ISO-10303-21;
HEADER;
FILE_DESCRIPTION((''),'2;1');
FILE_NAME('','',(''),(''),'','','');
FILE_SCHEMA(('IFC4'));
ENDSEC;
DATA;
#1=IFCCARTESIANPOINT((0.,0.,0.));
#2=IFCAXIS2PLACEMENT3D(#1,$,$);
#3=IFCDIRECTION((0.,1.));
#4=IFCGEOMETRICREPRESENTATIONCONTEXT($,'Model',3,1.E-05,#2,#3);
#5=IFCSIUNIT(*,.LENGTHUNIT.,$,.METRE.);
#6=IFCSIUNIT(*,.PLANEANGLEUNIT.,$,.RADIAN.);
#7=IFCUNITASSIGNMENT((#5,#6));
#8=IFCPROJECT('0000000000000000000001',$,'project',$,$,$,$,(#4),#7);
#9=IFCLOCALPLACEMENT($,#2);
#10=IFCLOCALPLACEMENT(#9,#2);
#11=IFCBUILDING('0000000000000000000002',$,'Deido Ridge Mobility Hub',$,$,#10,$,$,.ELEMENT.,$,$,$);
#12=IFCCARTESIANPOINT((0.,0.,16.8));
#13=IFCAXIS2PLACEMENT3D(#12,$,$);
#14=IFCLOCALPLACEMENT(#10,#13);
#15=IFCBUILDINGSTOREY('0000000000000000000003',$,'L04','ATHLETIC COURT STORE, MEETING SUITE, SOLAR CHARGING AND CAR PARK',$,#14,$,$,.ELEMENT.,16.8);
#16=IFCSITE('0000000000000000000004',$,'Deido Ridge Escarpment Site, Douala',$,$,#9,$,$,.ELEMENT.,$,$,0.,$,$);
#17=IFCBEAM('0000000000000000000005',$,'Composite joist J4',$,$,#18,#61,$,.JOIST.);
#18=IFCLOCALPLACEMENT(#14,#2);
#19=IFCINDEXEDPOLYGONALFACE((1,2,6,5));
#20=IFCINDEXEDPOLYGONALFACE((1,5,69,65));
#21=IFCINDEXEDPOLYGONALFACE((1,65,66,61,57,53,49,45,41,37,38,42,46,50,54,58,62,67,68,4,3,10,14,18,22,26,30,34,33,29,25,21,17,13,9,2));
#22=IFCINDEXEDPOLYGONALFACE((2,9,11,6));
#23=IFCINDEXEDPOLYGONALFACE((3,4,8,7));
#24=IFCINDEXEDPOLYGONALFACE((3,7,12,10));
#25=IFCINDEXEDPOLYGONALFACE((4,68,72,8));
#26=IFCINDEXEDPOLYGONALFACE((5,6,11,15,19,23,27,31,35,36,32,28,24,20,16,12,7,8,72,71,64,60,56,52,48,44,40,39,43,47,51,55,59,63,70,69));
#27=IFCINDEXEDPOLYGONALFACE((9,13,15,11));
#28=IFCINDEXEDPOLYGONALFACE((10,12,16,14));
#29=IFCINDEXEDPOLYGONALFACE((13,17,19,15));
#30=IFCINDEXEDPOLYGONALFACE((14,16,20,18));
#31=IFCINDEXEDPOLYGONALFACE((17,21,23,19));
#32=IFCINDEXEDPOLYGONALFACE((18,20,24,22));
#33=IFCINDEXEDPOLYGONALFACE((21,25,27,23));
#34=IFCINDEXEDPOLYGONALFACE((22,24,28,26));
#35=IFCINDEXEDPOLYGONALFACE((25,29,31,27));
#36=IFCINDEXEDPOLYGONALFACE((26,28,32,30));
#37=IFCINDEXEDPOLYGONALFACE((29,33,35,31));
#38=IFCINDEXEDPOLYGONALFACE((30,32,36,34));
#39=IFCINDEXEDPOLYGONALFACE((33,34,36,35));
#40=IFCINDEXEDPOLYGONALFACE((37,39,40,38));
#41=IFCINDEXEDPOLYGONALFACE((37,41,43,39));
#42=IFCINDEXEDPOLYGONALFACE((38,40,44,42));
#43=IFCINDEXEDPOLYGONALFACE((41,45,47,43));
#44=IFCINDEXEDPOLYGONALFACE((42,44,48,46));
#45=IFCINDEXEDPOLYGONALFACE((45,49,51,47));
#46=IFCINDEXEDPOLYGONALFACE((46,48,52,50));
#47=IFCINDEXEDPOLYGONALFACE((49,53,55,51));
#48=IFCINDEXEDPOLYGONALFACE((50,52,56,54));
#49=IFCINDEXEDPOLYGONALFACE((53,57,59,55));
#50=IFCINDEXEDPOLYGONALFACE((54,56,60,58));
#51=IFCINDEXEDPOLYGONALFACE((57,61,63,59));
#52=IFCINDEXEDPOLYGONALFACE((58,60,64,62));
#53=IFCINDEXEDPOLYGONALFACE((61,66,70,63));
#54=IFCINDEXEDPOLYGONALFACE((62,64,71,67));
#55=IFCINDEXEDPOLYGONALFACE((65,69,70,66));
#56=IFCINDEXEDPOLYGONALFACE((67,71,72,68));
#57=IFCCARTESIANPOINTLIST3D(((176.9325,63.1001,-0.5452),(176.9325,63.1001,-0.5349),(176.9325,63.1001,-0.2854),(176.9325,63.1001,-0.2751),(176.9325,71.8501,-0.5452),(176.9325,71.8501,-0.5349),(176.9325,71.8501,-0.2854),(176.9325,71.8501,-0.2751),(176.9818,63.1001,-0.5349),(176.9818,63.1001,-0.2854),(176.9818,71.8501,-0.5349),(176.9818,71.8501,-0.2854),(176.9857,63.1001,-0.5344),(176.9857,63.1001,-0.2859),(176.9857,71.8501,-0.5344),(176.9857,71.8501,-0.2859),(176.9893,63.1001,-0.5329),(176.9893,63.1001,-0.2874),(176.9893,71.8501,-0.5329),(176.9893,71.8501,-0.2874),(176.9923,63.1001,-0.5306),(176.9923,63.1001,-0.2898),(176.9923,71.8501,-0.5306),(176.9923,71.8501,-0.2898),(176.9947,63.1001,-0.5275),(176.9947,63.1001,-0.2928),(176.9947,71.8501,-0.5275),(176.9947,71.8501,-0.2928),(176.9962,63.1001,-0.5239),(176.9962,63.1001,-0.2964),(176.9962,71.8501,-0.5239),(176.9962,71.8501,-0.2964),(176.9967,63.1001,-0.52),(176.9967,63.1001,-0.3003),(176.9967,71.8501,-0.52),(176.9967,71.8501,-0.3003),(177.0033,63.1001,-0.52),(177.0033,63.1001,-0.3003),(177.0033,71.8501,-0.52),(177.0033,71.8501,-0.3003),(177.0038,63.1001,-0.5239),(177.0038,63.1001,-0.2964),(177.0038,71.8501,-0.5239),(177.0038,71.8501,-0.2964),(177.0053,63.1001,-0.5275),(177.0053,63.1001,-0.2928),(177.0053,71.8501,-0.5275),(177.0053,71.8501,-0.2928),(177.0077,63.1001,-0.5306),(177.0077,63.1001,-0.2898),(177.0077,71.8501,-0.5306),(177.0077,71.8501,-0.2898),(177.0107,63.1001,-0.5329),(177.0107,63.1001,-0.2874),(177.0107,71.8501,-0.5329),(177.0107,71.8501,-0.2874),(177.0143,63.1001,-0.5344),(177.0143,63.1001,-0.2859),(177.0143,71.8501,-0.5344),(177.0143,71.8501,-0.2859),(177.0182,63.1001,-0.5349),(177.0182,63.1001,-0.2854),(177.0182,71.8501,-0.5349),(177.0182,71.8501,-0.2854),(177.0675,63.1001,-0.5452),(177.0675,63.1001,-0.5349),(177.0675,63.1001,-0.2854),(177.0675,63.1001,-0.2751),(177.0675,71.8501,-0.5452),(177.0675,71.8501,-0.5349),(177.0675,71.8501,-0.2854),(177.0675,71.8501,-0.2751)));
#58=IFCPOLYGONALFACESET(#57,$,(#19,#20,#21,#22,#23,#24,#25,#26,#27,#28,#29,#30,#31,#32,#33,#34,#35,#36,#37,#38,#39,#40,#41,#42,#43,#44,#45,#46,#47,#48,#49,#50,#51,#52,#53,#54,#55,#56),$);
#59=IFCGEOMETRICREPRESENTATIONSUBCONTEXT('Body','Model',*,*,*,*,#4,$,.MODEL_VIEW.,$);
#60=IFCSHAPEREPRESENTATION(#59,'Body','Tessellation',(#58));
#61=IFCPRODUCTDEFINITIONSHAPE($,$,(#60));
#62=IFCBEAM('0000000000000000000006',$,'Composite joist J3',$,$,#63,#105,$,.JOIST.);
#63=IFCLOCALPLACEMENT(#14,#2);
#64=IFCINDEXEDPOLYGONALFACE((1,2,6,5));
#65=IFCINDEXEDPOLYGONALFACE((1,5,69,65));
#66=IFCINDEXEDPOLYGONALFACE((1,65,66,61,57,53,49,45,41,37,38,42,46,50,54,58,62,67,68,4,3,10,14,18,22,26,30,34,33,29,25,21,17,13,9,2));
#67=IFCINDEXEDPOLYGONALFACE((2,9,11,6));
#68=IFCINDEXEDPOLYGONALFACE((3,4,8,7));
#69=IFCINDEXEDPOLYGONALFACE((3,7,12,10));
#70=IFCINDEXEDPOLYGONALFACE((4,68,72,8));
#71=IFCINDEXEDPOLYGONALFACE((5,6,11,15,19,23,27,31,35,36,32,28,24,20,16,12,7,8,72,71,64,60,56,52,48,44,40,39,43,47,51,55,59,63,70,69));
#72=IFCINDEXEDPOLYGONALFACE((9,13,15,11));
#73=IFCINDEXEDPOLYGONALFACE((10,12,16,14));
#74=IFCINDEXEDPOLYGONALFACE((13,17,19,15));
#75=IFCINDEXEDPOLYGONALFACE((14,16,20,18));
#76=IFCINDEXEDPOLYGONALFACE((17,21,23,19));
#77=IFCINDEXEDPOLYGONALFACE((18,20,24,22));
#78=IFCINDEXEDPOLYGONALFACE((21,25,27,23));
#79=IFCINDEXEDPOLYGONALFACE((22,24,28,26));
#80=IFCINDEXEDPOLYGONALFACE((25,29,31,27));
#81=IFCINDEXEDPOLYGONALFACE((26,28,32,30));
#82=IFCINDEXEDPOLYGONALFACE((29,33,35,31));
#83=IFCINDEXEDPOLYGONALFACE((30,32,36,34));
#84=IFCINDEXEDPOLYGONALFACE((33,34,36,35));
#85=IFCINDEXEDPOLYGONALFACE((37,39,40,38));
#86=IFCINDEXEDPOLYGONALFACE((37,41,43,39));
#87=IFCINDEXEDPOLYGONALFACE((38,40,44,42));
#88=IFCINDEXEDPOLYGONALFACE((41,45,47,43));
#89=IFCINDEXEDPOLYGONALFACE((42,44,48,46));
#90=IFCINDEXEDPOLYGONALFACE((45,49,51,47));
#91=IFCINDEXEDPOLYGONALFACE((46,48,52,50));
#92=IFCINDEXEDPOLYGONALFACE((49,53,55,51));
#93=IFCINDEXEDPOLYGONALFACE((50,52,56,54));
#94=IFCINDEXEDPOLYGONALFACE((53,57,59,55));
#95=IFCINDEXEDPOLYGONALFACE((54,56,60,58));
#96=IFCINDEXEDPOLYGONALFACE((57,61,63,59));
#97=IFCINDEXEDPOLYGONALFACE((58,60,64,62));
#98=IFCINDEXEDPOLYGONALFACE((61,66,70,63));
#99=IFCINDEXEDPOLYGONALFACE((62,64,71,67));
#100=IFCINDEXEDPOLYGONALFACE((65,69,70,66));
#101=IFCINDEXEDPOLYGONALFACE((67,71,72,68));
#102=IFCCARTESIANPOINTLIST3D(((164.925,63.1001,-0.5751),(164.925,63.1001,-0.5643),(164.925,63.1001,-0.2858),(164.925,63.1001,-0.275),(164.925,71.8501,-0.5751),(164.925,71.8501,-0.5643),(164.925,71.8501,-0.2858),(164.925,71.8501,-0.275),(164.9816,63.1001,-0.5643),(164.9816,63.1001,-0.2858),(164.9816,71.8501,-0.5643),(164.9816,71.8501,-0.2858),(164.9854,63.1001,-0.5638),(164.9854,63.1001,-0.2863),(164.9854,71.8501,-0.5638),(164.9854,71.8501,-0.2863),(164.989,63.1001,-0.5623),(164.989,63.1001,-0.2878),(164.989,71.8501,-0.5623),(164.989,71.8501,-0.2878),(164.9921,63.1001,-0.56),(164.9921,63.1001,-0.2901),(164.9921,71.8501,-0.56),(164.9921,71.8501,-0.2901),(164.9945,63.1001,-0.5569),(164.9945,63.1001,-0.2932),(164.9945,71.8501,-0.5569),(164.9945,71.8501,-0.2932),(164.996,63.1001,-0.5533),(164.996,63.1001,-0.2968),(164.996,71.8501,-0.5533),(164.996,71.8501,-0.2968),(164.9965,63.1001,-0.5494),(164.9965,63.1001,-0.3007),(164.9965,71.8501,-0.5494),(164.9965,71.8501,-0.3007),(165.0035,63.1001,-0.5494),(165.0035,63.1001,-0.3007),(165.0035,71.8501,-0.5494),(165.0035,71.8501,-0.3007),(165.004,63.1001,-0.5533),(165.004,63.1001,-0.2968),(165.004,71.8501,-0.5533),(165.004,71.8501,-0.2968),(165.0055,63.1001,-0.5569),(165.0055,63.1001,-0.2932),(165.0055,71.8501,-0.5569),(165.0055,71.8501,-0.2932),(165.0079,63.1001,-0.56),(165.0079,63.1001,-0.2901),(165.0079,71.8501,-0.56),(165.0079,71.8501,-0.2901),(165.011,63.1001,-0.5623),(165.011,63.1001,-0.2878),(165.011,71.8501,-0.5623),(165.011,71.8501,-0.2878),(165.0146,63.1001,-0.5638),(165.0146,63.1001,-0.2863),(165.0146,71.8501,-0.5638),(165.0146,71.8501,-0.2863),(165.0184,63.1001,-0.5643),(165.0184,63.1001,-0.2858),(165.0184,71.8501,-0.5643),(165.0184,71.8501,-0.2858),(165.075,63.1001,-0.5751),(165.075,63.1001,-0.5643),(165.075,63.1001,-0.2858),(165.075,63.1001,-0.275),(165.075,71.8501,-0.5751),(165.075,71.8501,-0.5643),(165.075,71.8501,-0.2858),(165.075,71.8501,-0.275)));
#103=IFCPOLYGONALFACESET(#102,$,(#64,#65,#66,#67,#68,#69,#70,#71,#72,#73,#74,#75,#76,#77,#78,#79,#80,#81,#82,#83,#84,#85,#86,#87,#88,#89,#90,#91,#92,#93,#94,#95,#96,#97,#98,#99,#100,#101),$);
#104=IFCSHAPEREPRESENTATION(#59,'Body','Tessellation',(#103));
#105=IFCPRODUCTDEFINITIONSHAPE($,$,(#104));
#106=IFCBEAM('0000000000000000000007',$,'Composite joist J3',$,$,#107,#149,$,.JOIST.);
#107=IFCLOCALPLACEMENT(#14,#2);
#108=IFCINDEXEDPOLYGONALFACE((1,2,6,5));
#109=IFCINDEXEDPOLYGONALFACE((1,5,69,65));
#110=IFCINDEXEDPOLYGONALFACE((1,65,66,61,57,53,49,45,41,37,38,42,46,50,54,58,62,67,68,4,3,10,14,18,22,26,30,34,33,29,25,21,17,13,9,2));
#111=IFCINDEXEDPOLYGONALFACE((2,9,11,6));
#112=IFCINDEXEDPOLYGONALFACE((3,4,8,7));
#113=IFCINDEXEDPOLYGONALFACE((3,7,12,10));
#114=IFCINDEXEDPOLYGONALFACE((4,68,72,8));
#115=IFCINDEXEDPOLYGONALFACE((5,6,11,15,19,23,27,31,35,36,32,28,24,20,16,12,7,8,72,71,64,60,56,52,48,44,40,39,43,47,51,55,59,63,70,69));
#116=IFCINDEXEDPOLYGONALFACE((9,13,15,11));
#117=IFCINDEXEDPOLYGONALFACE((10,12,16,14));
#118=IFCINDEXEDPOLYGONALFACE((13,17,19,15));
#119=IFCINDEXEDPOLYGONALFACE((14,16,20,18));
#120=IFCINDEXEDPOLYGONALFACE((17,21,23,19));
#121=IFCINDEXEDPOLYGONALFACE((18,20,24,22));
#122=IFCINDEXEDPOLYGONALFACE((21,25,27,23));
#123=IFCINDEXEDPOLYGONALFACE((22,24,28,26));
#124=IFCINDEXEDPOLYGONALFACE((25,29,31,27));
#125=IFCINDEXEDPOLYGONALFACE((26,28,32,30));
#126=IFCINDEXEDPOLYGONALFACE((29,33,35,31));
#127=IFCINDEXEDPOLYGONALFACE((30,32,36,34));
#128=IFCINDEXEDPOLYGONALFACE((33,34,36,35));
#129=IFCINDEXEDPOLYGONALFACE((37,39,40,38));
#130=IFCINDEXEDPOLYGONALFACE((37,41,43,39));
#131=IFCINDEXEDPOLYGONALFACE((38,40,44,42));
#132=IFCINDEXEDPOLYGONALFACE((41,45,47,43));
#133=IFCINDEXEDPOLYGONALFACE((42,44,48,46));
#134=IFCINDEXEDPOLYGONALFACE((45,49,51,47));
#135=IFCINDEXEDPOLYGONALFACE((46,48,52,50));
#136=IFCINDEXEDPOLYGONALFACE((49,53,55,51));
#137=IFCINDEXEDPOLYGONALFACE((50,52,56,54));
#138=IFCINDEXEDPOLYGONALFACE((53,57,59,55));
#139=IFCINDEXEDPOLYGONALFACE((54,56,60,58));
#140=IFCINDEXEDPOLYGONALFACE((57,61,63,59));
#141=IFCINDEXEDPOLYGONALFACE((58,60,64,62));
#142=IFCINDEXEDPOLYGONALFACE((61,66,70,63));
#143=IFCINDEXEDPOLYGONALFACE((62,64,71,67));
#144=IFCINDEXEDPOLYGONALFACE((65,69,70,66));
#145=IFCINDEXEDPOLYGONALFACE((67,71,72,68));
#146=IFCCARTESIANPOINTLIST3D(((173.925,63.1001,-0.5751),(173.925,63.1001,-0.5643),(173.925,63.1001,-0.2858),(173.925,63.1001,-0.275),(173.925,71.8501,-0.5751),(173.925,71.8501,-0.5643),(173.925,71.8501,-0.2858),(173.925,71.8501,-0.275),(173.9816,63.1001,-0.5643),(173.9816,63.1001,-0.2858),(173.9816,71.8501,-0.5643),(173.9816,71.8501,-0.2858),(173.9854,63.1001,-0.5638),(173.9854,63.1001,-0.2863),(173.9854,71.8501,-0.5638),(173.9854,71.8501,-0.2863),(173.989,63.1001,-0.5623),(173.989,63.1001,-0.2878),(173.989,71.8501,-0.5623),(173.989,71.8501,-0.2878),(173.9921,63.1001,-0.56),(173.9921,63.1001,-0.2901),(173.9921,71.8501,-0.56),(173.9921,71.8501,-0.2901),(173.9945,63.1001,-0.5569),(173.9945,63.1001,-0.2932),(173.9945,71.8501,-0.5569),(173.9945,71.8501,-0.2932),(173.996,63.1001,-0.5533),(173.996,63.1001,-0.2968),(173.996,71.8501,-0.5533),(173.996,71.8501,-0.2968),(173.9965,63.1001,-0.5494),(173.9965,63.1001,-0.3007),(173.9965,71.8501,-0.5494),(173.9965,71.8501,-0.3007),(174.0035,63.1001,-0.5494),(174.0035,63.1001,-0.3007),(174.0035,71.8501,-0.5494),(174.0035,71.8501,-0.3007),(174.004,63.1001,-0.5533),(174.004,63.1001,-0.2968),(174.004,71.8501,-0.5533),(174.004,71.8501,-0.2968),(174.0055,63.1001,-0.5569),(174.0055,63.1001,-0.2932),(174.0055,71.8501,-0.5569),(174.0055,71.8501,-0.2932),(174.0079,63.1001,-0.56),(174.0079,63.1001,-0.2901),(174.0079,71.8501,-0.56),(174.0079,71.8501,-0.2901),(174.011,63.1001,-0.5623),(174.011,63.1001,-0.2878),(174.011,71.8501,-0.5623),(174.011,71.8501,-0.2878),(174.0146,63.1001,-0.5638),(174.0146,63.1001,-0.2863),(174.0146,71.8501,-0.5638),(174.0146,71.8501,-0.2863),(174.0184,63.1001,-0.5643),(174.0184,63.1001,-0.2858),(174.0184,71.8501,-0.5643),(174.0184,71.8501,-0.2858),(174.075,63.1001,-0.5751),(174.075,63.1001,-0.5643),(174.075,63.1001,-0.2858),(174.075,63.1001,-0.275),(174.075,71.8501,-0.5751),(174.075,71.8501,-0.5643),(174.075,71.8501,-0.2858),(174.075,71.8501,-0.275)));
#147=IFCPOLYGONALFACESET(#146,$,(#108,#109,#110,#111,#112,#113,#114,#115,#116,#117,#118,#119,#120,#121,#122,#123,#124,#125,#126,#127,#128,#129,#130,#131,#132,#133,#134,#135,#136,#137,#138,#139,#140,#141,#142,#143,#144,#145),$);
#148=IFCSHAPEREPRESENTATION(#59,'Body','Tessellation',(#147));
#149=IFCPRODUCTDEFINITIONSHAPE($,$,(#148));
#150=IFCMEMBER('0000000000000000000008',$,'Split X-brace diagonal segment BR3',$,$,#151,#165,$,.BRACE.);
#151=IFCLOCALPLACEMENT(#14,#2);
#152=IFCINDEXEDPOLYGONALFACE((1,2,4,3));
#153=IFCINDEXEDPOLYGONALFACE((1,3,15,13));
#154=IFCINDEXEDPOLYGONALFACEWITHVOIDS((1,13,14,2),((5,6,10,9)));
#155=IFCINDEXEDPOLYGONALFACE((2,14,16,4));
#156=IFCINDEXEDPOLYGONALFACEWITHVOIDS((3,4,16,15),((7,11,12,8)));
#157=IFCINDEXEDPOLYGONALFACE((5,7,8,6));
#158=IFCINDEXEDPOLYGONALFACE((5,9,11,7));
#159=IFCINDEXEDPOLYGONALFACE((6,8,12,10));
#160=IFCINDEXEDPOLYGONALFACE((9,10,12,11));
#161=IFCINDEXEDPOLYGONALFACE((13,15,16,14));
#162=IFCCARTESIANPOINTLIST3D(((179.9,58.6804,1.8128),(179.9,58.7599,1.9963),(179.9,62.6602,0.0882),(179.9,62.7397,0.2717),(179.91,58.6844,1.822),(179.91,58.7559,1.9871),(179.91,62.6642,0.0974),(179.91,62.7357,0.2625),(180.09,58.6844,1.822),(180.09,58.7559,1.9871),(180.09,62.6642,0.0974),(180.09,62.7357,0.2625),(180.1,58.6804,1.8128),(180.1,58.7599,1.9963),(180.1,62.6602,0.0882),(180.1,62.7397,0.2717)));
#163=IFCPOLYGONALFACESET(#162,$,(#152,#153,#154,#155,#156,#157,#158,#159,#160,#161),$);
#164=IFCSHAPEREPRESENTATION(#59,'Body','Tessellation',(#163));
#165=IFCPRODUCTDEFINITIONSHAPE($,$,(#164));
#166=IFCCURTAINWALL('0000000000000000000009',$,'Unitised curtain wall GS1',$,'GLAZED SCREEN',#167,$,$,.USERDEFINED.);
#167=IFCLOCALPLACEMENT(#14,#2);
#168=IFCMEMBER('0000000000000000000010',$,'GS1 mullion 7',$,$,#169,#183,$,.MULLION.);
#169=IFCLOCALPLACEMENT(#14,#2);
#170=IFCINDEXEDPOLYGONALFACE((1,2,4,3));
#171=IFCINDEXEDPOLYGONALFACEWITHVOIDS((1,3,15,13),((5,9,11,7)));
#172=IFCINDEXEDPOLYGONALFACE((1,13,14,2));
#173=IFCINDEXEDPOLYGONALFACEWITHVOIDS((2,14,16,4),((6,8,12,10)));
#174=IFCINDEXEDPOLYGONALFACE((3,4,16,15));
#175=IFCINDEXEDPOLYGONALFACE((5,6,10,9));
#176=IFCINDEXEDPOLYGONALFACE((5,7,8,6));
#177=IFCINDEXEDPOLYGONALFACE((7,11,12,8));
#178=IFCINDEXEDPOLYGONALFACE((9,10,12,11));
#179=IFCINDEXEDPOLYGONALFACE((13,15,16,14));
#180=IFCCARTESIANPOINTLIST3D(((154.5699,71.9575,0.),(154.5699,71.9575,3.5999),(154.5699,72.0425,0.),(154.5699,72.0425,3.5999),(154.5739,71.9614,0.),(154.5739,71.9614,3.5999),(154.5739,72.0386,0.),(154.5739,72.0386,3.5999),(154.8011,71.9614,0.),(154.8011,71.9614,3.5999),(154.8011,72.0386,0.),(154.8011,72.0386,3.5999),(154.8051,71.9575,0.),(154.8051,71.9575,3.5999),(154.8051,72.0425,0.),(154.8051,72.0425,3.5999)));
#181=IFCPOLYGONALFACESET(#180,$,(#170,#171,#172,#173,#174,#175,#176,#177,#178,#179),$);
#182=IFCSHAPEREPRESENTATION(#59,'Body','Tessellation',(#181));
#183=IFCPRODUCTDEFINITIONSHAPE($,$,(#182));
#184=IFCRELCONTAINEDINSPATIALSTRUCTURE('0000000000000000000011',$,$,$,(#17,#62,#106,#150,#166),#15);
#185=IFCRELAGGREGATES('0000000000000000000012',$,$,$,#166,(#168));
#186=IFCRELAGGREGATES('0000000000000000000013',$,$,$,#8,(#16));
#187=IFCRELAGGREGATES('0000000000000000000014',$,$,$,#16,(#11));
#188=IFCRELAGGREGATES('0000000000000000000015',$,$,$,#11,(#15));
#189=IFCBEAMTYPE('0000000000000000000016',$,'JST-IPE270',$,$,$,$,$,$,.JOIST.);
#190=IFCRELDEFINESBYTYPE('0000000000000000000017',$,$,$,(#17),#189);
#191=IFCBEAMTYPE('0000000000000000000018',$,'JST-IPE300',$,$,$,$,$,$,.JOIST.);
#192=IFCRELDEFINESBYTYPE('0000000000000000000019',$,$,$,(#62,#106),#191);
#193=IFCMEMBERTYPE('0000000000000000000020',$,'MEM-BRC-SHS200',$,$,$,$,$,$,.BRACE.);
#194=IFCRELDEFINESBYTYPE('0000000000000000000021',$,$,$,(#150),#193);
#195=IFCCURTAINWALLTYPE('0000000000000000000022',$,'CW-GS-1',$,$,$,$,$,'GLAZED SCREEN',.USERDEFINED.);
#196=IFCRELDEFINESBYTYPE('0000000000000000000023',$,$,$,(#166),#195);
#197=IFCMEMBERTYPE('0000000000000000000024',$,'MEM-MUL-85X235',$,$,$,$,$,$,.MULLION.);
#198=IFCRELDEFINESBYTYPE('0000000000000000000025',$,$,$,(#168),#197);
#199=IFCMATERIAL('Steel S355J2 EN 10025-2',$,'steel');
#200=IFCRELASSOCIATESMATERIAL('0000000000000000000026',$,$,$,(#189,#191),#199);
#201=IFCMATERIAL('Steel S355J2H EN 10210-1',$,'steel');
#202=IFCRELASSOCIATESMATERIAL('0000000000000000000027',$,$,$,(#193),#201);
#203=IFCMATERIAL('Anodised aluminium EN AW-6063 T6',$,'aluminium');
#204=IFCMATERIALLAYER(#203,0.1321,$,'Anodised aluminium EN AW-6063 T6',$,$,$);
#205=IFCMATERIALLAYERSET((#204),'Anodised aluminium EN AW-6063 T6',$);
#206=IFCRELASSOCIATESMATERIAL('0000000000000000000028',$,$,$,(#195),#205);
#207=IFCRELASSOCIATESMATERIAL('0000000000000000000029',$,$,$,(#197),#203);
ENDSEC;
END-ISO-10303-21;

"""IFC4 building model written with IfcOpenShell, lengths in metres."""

from ifc_helpers import new_model, si_unit, direction, frame, origin, origin_2d, place, context, subcontext, project, spatial, hollow_rectangle, i_section, extrude, material, layer, layer_set, material_profile, profile_set, type_object, element, aggregate, save


model = new_model("IFC4")

# Units and contexts
model_context = context("Model", 3, precision=1e-05, world=origin(), true_north=direction((0.0, 1.0)))
body_context = subcontext(model_context, "Body", "Model", "MODEL_VIEW")
ifc_project = project(units=[si_unit("LENGTHUNIT", "METRE"), si_unit("PLANEANGLEUNIT", "RADIAN")], contexts=[model_context])

# Site, building, storey
site_placement = place(None, origin())
site = spatial("IfcSite", under=ifc_project, at=site_placement, Name="Deido Ridge Escarpment Site, Douala", CompositionType="ELEMENT", RefElevation=0.0)
building_placement = place(site_placement, origin())
building = spatial("IfcBuilding", under=site, at=building_placement, Name="Deido Ridge Mobility Hub", CompositionType="ELEMENT")
storey_placement = place(building_placement, frame((0.0, 0.0, 16.8)))
storey = spatial("IfcBuildingStorey", under=building, at=storey_placement, Name="L04", Description="ATHLETIC COURT STORE, MEETING SUITE, SOLAR CHARGING AND CAR PARK", CompositionType="ELEMENT", Elevation=16.8)

# Shared definitions
ifc_material_1 = material(Name="Steel S355J2 EN 10025-2", Category="steel")

# Beams
ifc_material_profile_1 = material_profile(ifc_material_1, i_section(OverallWidth=0.135, OverallDepth=0.27, WebThickness=0.0066, FlangeThickness=0.0103, FilletRadius=0.0149, at=origin_2d()), Name="IPE 270")
ifc_profile_set_1 = profile_set([ifc_material_profile_1], Name="Steel S355J2 EN 10025-2")
beam_type_1 = type_object("IfcBeamType", Name="JST-IPE270", PredefinedType="JOIST", material=ifc_profile_set_1)
for number, where, z_axis, x_axis, name in (
    (1, (177.0, 63.1001, -0.4102), (0.0, 1.0, 0.0), (-1.0, 0.0, 0.0), "Composite joist J4"),
):
    element("IfcBeam", number, at=place(storey_placement, frame(where, z_axis=z_axis, x_axis=x_axis)), inside=storey, type_object=beam_type_1, Name=name, PredefinedType="JOIST", context=body_context, shape_type="SweptSolid", body=[
        extrude(i_section(OverallWidth=0.135, OverallDepth=0.27, WebThickness=0.0066, FlangeThickness=0.0103, FilletRadius=0.0149, at=origin_2d()), origin(), (0.0, 0.0, 1.0), 8.75),
    ])
ifc_material_profile_2 = material_profile(ifc_material_1, i_section(OverallWidth=0.1499, OverallDepth=0.3, WebThickness=0.0071, FlangeThickness=0.0107, FilletRadius=0.0149, at=origin_2d()), Name="IPE 300")
ifc_profile_set_2 = profile_set([ifc_material_profile_2], Name="Steel S355J2 EN 10025-2")
beam_type_2 = type_object("IfcBeamType", Name="JST-IPE300", PredefinedType="JOIST", material=ifc_profile_set_2)
for number, where, z_axis, x_axis, name in (
    (2, (165.0, 63.1001, -0.425), (0.0, 1.0, 0.0), (-1.0, 0.0, 0.0), "Composite joist J3"),
    (3, (174.0, 63.1001, -0.425), (0.0, 1.0, 0.0), (-1.0, 0.0, 0.0), "Composite joist J3"),
):
    element("IfcBeam", number, at=place(storey_placement, frame(where, z_axis=z_axis, x_axis=x_axis)), inside=storey, type_object=beam_type_2, Name=name, PredefinedType="JOIST", context=body_context, shape_type="SweptSolid", body=[
        extrude(i_section(OverallWidth=0.1499, OverallDepth=0.3, WebThickness=0.0071, FlangeThickness=0.0107, FilletRadius=0.0149, at=origin_2d()), origin(), (0.0, 0.0, 1.0), 8.75),
    ])

# Member
ifc_material_2 = material(Name="Steel S355J2H EN 10210-1", Category="steel")
ifc_material_profile_3 = material_profile(ifc_material_2, hollow_rectangle(XDim=0.2, YDim=0.2, WallThickness=0.01, at=origin_2d()), Name="SHS 200x200x10")
ifc_profile_set_3 = profile_set([ifc_material_profile_3], Name="Steel S355J2H EN 10210-1")
member_type_1 = type_object("IfcMemberType", Name="MEM-BRC-SHS200", PredefinedType="BRACE", material=ifc_profile_set_3)
member_1_placement = place(storey_placement, frame((180.0, 62.7, 0.1799), z_axis=(0.0, -0.917551, 0.397618), x_axis=(1.0, 0.0, 0.0)))
element("IfcMember", 4, at=member_1_placement, inside=storey, type_object=member_type_1, Name="Split X-brace diagonal segment BR3", PredefinedType="BRACE", context=body_context, shape_type="SweptSolid", body=[
    extrude(hollow_rectangle(XDim=0.2, YDim=0.2, WallThickness=0.01, at=origin_2d()), origin(), (0.0, 0.0, 1.0), 4.3374),
])

# Curtain wall, member
ifc_material_3 = material(Name="Anodised aluminium EN AW-6063 T6", Category="aluminium")
ifc_layer_1 = layer(ifc_material_3, 0.1321, Name="Anodised aluminium EN AW-6063 T6")
ifc_layer_set_1 = layer_set([ifc_layer_1], Name="Anodised aluminium EN AW-6063 T6")
curtain_wall_type = type_object("IfcCurtainWallType", Name="CW-GS-1", ElementType="GLAZED SCREEN", PredefinedType="USERDEFINED", material=ifc_layer_set_1)
curtain_wall_placement = place(storey_placement, origin())
curtain_wall = element("IfcCurtainWall", 5, at=curtain_wall_placement, inside=storey, type_object=curtain_wall_type, Name="Unitised curtain wall GS1", ObjectType="GLAZED SCREEN", PredefinedType="USERDEFINED")
ifc_material_profile_4 = material_profile(ifc_material_3, hollow_rectangle(XDim=0.085, YDim=0.2351, WallThickness=0.0039, at=origin_2d()), Name="RHS 85x235x4")
ifc_profile_set_4 = profile_set([ifc_material_profile_4], Name="Anodised aluminium EN AW-6063 T6")
member_type_2 = type_object("IfcMemberType", Name="MEM-MUL-85X235", PredefinedType="MULLION", material=ifc_profile_set_4)
member_2_placement = place(storey_placement, frame((154.6875, 72.0, 0.0), z_axis=(0.0, 0.0, 1.0), x_axis=(0.0, 1.0, 0.0)))
member_2 = element("IfcMember", 6, at=member_2_placement, type_object=member_type_2, Name="GS1 mullion 7", PredefinedType="MULLION", context=body_context, shape_type="SweptSolid", body=[
    extrude(hollow_rectangle(XDim=0.085, YDim=0.2351, WallThickness=0.0039, at=origin_2d()), origin(), (0.0, 0.0, 1.0), 3.5999),
])

aggregate(curtain_wall, [member_2])

save(model, "model.ifc")
